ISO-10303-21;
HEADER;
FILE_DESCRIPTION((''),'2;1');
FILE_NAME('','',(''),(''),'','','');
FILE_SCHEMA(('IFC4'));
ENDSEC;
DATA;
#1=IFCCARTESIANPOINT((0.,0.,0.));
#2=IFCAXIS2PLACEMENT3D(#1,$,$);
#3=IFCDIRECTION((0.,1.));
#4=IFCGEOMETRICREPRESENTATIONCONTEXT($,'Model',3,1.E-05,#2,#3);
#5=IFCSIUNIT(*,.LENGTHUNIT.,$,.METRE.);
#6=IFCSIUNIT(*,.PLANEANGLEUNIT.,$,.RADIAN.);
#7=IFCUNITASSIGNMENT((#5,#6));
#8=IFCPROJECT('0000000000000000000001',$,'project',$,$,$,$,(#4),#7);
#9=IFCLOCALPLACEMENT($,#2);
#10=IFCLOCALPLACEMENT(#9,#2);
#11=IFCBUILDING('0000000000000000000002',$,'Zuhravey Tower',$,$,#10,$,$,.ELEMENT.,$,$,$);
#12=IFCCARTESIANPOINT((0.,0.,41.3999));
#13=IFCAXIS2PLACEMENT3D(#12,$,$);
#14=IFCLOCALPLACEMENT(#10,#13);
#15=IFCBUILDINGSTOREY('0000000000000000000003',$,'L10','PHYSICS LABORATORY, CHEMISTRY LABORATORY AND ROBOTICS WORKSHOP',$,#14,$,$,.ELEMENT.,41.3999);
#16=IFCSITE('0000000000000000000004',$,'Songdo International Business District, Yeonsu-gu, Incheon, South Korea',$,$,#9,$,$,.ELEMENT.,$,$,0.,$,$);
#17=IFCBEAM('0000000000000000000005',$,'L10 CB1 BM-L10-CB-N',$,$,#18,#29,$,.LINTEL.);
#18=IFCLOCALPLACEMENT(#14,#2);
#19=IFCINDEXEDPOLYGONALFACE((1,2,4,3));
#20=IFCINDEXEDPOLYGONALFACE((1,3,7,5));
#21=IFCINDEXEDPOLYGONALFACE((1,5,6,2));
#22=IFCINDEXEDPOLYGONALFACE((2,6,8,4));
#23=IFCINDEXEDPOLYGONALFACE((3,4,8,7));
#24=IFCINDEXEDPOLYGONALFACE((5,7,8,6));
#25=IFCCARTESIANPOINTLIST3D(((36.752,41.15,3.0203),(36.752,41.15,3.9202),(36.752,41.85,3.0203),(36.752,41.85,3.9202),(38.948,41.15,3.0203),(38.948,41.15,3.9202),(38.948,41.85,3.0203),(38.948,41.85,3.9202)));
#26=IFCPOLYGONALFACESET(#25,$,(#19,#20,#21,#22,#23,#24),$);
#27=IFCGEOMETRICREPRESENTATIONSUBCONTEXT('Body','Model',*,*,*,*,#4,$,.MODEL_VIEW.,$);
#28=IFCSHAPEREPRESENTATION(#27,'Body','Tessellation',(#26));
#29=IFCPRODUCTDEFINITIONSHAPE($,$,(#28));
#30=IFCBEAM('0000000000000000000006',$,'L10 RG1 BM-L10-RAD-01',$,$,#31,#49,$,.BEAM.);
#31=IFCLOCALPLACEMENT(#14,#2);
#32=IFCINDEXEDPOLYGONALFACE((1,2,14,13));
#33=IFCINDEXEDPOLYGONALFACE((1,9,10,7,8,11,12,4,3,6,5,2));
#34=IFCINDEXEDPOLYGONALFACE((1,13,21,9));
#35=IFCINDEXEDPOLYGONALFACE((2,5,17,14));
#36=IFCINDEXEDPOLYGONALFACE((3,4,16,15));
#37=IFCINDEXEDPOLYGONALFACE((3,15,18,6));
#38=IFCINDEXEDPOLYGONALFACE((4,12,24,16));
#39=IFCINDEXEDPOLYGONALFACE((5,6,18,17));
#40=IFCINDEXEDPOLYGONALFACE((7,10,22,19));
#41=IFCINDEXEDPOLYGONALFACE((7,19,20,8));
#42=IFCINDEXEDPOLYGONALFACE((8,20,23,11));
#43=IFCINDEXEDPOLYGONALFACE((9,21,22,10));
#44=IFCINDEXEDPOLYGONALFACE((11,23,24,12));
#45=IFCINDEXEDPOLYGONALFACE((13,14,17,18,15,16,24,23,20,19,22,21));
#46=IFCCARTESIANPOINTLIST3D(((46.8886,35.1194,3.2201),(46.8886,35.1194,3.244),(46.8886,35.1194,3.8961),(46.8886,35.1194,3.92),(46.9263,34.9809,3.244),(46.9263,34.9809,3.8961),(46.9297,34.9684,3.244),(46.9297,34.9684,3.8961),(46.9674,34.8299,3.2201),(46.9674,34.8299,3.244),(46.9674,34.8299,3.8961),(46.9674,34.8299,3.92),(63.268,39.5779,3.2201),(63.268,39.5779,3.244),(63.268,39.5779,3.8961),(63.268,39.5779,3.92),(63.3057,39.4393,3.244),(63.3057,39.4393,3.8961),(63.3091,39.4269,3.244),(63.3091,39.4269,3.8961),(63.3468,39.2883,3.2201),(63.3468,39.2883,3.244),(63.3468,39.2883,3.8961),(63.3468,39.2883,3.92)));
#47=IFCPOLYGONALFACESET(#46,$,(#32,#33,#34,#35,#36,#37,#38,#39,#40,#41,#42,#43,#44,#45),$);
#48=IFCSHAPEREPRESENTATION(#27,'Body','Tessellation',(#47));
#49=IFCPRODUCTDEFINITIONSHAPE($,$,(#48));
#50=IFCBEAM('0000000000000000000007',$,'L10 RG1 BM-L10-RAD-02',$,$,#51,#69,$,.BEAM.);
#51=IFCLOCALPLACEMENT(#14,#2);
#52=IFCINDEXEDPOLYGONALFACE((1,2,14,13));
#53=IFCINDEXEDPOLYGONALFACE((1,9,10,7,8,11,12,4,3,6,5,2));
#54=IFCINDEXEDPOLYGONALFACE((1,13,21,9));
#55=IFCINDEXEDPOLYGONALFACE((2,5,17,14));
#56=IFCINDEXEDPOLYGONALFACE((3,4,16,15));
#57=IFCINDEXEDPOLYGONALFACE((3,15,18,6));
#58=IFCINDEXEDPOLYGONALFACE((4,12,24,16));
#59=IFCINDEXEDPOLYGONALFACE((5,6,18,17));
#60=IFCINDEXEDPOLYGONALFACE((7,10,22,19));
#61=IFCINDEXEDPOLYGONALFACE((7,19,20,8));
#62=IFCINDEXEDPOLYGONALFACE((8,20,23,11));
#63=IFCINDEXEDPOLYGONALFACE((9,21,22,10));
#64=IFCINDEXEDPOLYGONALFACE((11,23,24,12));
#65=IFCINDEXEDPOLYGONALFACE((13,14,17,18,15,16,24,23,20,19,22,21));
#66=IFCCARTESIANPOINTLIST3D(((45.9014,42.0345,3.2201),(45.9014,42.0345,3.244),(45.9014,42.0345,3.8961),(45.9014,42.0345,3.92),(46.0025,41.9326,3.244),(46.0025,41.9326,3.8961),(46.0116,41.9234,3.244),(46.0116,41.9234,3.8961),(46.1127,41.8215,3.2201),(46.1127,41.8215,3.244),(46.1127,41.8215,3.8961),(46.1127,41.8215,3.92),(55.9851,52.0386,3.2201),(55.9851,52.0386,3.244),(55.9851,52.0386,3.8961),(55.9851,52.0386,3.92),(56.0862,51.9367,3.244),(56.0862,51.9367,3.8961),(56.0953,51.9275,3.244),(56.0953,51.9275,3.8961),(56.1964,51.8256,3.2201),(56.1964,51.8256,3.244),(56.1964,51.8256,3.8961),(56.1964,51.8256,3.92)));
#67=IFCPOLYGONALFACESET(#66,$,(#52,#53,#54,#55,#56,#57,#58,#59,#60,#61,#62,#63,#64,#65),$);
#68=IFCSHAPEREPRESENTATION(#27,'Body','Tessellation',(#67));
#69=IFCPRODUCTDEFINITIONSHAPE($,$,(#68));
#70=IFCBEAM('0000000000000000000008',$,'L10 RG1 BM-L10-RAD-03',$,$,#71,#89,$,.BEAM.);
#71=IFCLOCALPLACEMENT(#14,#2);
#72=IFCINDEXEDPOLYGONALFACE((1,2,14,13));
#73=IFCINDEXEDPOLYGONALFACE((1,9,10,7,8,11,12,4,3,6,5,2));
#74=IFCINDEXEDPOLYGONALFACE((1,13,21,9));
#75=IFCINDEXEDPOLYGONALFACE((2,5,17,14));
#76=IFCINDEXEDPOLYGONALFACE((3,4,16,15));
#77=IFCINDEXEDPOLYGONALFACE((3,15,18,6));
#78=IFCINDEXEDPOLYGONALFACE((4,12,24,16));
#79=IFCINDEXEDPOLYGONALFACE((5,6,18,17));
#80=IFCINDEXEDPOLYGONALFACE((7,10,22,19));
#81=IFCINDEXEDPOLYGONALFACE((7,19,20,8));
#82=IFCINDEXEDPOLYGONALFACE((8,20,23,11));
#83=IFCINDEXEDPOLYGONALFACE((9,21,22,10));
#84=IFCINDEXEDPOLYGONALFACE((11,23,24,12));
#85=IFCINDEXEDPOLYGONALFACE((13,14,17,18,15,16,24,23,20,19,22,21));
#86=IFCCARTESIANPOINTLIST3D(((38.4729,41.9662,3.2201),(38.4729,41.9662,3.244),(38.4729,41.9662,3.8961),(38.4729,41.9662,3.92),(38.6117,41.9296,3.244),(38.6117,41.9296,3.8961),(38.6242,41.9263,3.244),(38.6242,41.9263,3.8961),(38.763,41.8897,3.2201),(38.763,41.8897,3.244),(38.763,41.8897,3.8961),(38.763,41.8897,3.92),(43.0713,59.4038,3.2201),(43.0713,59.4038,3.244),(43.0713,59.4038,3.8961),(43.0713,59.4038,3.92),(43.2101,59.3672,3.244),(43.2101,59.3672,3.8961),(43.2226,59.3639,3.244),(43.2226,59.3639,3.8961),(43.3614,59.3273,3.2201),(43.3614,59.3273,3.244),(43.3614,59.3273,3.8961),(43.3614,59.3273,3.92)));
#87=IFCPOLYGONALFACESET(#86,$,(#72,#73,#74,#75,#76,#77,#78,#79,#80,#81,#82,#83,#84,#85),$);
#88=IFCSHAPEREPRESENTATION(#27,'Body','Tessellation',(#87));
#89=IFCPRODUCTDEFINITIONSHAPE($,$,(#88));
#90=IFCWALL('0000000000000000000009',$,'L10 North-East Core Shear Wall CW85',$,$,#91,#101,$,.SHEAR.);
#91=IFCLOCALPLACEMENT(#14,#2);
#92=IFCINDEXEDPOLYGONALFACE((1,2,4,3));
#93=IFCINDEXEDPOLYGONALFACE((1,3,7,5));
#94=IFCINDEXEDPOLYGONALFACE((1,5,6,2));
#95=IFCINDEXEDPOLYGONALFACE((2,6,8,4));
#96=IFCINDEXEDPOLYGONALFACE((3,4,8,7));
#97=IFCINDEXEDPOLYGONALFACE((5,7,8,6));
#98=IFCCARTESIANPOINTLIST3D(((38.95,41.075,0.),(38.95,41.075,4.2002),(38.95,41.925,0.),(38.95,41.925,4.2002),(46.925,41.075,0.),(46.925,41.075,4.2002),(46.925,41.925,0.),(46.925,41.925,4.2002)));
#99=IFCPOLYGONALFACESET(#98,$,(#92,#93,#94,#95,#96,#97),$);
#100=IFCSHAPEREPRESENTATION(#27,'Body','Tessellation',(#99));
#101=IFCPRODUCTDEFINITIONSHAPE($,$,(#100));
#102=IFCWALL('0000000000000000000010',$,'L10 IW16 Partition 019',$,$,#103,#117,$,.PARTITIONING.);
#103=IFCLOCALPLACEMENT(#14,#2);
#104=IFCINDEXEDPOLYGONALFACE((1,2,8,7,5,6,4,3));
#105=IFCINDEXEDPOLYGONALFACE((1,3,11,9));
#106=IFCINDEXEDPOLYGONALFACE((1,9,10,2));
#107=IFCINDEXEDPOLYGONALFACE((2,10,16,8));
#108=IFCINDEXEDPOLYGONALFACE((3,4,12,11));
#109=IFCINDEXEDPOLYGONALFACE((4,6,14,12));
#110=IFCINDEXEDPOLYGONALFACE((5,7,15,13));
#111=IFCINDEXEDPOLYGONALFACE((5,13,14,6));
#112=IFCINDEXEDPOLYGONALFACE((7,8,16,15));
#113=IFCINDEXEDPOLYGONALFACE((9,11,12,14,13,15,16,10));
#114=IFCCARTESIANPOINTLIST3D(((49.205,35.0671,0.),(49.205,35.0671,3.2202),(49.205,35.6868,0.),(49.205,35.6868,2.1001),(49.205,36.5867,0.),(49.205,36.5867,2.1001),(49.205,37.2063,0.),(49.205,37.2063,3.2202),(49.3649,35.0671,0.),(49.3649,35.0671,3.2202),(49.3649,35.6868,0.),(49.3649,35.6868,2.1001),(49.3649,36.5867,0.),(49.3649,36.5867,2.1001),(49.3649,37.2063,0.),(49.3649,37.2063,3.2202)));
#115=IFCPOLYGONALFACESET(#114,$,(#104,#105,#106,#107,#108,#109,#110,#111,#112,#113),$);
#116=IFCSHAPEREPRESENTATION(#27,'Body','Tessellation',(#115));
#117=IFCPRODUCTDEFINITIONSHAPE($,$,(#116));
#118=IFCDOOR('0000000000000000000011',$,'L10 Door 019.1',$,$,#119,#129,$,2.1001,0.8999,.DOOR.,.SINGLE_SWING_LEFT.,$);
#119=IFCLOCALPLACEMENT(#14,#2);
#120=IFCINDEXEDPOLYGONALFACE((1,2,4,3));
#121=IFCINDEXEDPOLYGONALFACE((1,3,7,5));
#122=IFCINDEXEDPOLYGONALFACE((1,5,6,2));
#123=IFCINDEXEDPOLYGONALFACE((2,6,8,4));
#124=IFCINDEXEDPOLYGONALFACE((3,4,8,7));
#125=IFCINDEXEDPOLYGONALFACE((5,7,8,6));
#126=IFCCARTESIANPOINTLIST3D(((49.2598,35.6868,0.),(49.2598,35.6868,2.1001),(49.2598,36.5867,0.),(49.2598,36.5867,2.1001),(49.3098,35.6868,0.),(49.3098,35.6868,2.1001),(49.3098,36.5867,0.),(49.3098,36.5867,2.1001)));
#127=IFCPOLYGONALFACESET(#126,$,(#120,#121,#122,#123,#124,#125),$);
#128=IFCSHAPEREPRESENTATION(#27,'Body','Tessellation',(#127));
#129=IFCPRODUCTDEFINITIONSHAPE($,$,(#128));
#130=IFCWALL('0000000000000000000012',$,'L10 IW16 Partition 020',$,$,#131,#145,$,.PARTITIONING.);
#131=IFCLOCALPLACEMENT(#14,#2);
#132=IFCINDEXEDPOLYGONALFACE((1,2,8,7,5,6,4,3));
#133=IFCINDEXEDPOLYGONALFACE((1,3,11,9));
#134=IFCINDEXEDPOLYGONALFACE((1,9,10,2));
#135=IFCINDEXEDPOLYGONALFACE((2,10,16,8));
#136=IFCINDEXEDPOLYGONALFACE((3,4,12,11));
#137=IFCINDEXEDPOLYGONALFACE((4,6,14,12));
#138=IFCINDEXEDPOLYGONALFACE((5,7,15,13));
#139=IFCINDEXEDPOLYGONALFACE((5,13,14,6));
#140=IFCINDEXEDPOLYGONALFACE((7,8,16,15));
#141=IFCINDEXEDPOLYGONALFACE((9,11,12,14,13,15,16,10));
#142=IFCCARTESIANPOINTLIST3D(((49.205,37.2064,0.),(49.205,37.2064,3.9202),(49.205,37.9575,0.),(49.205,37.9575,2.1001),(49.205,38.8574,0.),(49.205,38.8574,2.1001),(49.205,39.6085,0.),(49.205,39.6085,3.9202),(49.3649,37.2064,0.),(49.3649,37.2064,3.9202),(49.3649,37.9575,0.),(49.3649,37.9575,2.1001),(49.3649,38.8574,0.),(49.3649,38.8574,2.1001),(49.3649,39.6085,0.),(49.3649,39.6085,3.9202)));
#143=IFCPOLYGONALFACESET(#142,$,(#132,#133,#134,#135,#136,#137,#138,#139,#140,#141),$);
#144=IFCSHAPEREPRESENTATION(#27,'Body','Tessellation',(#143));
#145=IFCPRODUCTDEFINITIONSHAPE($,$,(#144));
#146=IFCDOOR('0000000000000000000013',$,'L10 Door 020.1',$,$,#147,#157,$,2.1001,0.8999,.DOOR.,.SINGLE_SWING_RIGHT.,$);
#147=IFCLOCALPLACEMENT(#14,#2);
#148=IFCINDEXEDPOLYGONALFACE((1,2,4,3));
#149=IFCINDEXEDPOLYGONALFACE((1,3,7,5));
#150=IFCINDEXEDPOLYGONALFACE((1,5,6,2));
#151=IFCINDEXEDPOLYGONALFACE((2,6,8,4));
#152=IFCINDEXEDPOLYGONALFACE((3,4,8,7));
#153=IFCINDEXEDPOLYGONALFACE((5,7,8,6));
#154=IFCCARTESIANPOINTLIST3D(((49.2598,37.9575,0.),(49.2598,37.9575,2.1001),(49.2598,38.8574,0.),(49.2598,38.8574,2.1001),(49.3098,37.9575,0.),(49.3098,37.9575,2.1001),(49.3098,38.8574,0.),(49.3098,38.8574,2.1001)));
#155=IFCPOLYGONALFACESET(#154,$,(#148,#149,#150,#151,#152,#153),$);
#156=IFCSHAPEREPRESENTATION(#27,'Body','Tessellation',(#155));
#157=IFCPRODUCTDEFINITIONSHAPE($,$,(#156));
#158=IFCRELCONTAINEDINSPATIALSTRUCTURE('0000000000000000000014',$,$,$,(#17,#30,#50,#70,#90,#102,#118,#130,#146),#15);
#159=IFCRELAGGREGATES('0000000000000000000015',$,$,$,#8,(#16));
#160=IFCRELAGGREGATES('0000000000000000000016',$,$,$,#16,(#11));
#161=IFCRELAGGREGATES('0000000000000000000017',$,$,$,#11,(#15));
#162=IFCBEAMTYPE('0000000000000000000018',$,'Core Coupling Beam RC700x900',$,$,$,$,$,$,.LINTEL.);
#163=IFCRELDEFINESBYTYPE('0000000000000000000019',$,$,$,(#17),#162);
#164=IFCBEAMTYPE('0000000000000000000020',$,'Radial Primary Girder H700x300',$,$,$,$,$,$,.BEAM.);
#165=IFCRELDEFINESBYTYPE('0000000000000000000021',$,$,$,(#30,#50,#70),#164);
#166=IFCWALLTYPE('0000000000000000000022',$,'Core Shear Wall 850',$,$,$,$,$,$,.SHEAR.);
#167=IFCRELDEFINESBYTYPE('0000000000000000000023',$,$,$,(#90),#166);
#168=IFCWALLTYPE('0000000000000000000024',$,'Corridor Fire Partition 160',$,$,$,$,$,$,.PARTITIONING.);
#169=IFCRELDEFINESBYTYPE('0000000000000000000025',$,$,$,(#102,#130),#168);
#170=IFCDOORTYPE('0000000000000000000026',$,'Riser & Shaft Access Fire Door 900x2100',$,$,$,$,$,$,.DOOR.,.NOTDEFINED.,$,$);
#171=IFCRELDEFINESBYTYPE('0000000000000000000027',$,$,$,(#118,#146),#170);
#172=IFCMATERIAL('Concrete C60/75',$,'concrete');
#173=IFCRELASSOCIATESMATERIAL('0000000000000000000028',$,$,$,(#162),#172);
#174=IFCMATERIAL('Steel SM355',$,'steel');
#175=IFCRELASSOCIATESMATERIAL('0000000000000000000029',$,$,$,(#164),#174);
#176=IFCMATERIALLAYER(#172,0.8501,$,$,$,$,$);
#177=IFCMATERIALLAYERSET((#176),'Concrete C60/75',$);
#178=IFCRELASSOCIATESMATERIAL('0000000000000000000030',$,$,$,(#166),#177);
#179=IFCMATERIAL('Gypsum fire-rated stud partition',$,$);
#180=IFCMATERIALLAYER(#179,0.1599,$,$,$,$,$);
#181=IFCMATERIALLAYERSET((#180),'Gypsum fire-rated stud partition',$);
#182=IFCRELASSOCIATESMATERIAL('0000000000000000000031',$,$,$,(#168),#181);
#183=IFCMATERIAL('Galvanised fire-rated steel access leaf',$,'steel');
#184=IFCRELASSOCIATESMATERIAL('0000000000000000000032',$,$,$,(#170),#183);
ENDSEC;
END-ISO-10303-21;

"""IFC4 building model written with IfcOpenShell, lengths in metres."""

from ifc_helpers import new_model, si_unit, direction, frame, frame_2d, origin, origin_2d, place, context, subcontext, project, spatial, rectangle, i_section, extrude, material, layer, layer_set, material_profile, profile_set, type_object, element, fill, save


model = new_model("IFC4")

# Units and contexts
model_context = context("Model", 3, precision=1e-05, world=origin(), true_north=direction((0.0, 1.0)))
body_context = subcontext(model_context, "Body", "Model", "MODEL_VIEW")
ifc_project = project(units=[si_unit("LENGTHUNIT", "METRE"), si_unit("PLANEANGLEUNIT", "RADIAN")], contexts=[model_context])

# Site, building, storey
site_placement = place(None, origin())
site = spatial("IfcSite", under=ifc_project, at=site_placement, Name="Songdo International Business District, Yeonsu-gu, Incheon, South Korea", CompositionType="ELEMENT", RefElevation=0.0)
building_placement = place(site_placement, origin())
building = spatial("IfcBuilding", under=site, at=building_placement, Name="Zuhravey Tower", CompositionType="ELEMENT")
storey_placement = place(building_placement, frame((0.0, 0.0, 41.3999)))
storey = spatial("IfcBuildingStorey", under=building, at=storey_placement, Name="L10", Description="PHYSICS LABORATORY, CHEMISTRY LABORATORY AND ROBOTICS WORKSHOP", CompositionType="ELEMENT", Elevation=41.3999)

# Beams
ifc_material_1 = material(Name="Concrete C60/75", Category="concrete")
ifc_material_profile_1 = material_profile(ifc_material_1, rectangle(XDim=0.7, YDim=0.8999, at=origin_2d()), Name="RC-700x900")
ifc_profile_set_1 = profile_set([ifc_material_profile_1], Name="Concrete C60/75")
beam_type_1 = type_object("IfcBeamType", Name="Core Coupling Beam RC700x900", PredefinedType="LINTEL", material=ifc_profile_set_1)
beam_1_placement = place(storey_placement, frame((36.752, 41.5, 3.4702), z_axis=(1.0, 0.0, 0.0), x_axis=(0.0, 1.0, 0.0)))
element("IfcBeam", 1, at=beam_1_placement, inside=storey, type_object=beam_type_1, Name="L10 CB1 BM-L10-CB-N", PredefinedType="LINTEL", context=body_context, shape_type="SweptSolid", body=[
    extrude(rectangle(XDim=0.7, YDim=0.8999, at=origin_2d()), origin(), (0.0, 0.0, 1.0), 2.196),
])
ifc_material_2 = material(Name="Steel SM355", Category="steel")
ifc_material_profile_2 = material_profile(ifc_material_2, i_section(OverallWidth=0.3, OverallDepth=0.7, WebThickness=0.0129, FlangeThickness=0.0239, at=origin_2d()), Name="H-700x300x13x24")
ifc_profile_set_2 = profile_set([ifc_material_profile_2], Name="Steel SM355")
beam_type_2 = type_object("IfcBeamType", Name="Radial Primary Girder H700x300", PredefinedType="BEAM", material=ifc_profile_set_2)
beam_2_placement = place(storey_placement, frame((46.928, 34.9746, 3.5701), z_axis=(0.964892, 0.262645, 0.0), x_axis=(-0.262645, 0.964892, 0.0)))
element("IfcBeam", 2, at=beam_2_placement, inside=storey, type_object=beam_type_2, Name="L10 RG1 BM-L10-RAD-01", PredefinedType="BEAM", context=body_context, shape_type="SweptSolid", body=[
    extrude(i_section(OverallWidth=0.3, OverallDepth=0.7, WebThickness=0.0129, FlangeThickness=0.0239, at=origin_2d()), origin(), (0.0, 0.0, 1.0), 16.9753),
])
beam_3_placement = place(storey_placement, frame((46.0071, 41.928, 3.5701), z_axis=(0.709903, 0.7043, 0.0), x_axis=(-0.7043, 0.709903, 0.0)))
element("IfcBeam", 3, at=beam_3_placement, inside=storey, type_object=beam_type_2, Name="L10 RG1 BM-L10-RAD-02", PredefinedType="BEAM", context=body_context, shape_type="SweptSolid", body=[
    extrude(i_section(OverallWidth=0.3, OverallDepth=0.7, WebThickness=0.0129, FlangeThickness=0.0239, at=origin_2d()), origin(), (0.0, 0.0, 1.0), 14.2043),
])
beam_4_placement = place(storey_placement, frame((38.6179, 41.928, 3.5701), z_axis=(0.25499, 0.966944, 0.0), x_axis=(-0.966944, 0.25499, 0.0)))
element("IfcBeam", 4, at=beam_4_placement, inside=storey, type_object=beam_type_2, Name="L10 RG1 BM-L10-RAD-03", PredefinedType="BEAM", context=body_context, shape_type="SweptSolid", body=[
    extrude(i_section(OverallWidth=0.3, OverallDepth=0.7, WebThickness=0.0129, FlangeThickness=0.0239, at=origin_2d()), origin(), (0.0, 0.0, 1.0), 18.0337),
])

# Wall
ifc_layer_1 = layer(ifc_material_1, 0.8501)
ifc_layer_set_1 = layer_set([ifc_layer_1], Name="Concrete C60/75")
wall_type_1 = type_object("IfcWallType", Name="Core Shear Wall 850", PredefinedType="SHEAR", material=ifc_layer_set_1)
wall_1_placement = place(storey_placement, frame((46.925, 41.5, 0.0), z_axis=(0.0, 0.0, 1.0), x_axis=(-1.0, 0.0, 0.0)))
element("IfcWall", 5, at=wall_1_placement, inside=storey, type_object=wall_type_1, Name="L10 North-East Core Shear Wall CW85", PredefinedType="SHEAR", context=body_context, shape_type="SweptSolid", body=[
    extrude(rectangle(XDim=7.9751, YDim=0.8501, at=frame_2d((3.9875, 0.0))), origin(), (0.0, 0.0, 1.0), 4.2002),
])

# Walls, openings, doors
ifc_material_3 = material(Name="Gypsum fire-rated stud partition")
ifc_layer_2 = layer(ifc_material_3, 0.1599)
ifc_layer_set_2 = layer_set([ifc_layer_2], Name="Gypsum fire-rated stud partition")
wall_type_2 = type_object("IfcWallType", Name="Corridor Fire Partition 160", PredefinedType="PARTITIONING", material=ifc_layer_set_2)
wall_2_placement = place(storey_placement, frame((49.2849, 35.0671, 0.0), z_axis=(0.0, 0.0, 1.0), x_axis=(0.0, 1.0, 0.0)))
wall_2 = element("IfcWall", 6, at=wall_2_placement, inside=storey, type_object=wall_type_2, Name="L10 IW16 Partition 019", PredefinedType="PARTITIONING", context=body_context, shape_type="SweptSolid", body=[
    extrude(rectangle(XDim=2.1392, YDim=0.1599, at=frame_2d((1.0696, 0.0))), origin(), (0.0, 0.0, 1.0), 3.2202),
])
opening_1_placement = place(wall_2_placement, frame((0.6196, 0.0, 0.0)))
opening_1 = element("IfcOpeningElement", 7, at=opening_1_placement, cuts=wall_2, PredefinedType="OPENING", context=body_context, shape_type="SweptSolid", body=[
    extrude(rectangle(XDim=0.8999, YDim=2.1001, at=frame_2d((0.45, 1.05))), frame((0.0, 0.092, 0.0), z_axis=(0.0, -1.0, 0.0), x_axis=(1.0, 0.0, 0.0)), (0.0, 0.0, 1.0), 0.1838),
])
ifc_material_4 = material(Name="Galvanised fire-rated steel access leaf", Category="steel")
door_type_1 = type_object("IfcDoorType", Name="Riser & Shaft Access Fire Door 900x2100", OperationType="NOTDEFINED", PredefinedType="DOOR", material=ifc_material_4)
door_1_placement = place(opening_1_placement, frame((0.8999, 0.0, 0.0), z_axis=(0.0, 0.0, 1.0), x_axis=(-1.0, 0.0, 0.0)))
door_1 = element("IfcDoor", 8, at=door_1_placement, inside=storey, type_object=door_type_1, Name="L10 Door 019.1", OperationType="SINGLE_SWING_LEFT", OverallHeight=2.1001, OverallWidth=0.8999, PredefinedType="DOOR", context=body_context, shape_type="SweptSolid", body=[
    extrude(rectangle(XDim=0.8999, YDim=2.1001, at=frame_2d((0.45, 1.05))), frame((0.0, 0.0249, 0.0), z_axis=(0.0, -1.0, 0.0), x_axis=(1.0, 0.0, 0.0)), (0.0, 0.0, 1.0), 0.05),
])
fill(opening_1, door_1)
wall_3_placement = place(storey_placement, frame((49.2849, 37.2063, 0.0), z_axis=(0.0, 0.0, 1.0), x_axis=(0.0, 1.0, 0.0)))
wall_3 = element("IfcWall", 9, at=wall_3_placement, inside=storey, type_object=wall_type_2, Name="L10 IW16 Partition 020", PredefinedType="PARTITIONING", context=body_context, shape_type="SweptSolid", body=[
    extrude(rectangle(XDim=2.4021, YDim=0.1599, at=frame_2d((1.2012, 0.0))), origin(), (0.0, 0.0, 1.0), 3.9202),
])
opening_2_placement = place(wall_3_placement, frame((0.7512, 0.0, 0.0)))
opening_2 = element("IfcOpeningElement", 10, at=opening_2_placement, cuts=wall_3, PredefinedType="OPENING", context=body_context, shape_type="SweptSolid", body=[
    extrude(rectangle(XDim=0.8999, YDim=2.1001, at=frame_2d((0.45, 1.05))), frame((0.0, 0.092, 0.0), z_axis=(0.0, -1.0, 0.0), x_axis=(1.0, 0.0, 0.0)), (0.0, 0.0, 1.0), 0.1838),
])
door_2_placement = place(opening_2_placement, frame((0.8999, 0.0, 0.0), z_axis=(0.0, 0.0, 1.0), x_axis=(-1.0, 0.0, 0.0)))
door_2 = element("IfcDoor", 11, at=door_2_placement, inside=storey, type_object=door_type_1, Name="L10 Door 020.1", OperationType="SINGLE_SWING_RIGHT", OverallHeight=2.1001, OverallWidth=0.8999, PredefinedType="DOOR", context=body_context, shape_type="SweptSolid", body=[
    extrude(rectangle(XDim=0.8999, YDim=2.1001, at=frame_2d((0.45, 1.05))), frame((0.0, 0.0249, 0.0), z_axis=(0.0, -1.0, 0.0), x_axis=(1.0, 0.0, 0.0)), (0.0, 0.0, 1.0), 0.05),
])
fill(opening_2, door_2)

save(model, "model.ifc")
